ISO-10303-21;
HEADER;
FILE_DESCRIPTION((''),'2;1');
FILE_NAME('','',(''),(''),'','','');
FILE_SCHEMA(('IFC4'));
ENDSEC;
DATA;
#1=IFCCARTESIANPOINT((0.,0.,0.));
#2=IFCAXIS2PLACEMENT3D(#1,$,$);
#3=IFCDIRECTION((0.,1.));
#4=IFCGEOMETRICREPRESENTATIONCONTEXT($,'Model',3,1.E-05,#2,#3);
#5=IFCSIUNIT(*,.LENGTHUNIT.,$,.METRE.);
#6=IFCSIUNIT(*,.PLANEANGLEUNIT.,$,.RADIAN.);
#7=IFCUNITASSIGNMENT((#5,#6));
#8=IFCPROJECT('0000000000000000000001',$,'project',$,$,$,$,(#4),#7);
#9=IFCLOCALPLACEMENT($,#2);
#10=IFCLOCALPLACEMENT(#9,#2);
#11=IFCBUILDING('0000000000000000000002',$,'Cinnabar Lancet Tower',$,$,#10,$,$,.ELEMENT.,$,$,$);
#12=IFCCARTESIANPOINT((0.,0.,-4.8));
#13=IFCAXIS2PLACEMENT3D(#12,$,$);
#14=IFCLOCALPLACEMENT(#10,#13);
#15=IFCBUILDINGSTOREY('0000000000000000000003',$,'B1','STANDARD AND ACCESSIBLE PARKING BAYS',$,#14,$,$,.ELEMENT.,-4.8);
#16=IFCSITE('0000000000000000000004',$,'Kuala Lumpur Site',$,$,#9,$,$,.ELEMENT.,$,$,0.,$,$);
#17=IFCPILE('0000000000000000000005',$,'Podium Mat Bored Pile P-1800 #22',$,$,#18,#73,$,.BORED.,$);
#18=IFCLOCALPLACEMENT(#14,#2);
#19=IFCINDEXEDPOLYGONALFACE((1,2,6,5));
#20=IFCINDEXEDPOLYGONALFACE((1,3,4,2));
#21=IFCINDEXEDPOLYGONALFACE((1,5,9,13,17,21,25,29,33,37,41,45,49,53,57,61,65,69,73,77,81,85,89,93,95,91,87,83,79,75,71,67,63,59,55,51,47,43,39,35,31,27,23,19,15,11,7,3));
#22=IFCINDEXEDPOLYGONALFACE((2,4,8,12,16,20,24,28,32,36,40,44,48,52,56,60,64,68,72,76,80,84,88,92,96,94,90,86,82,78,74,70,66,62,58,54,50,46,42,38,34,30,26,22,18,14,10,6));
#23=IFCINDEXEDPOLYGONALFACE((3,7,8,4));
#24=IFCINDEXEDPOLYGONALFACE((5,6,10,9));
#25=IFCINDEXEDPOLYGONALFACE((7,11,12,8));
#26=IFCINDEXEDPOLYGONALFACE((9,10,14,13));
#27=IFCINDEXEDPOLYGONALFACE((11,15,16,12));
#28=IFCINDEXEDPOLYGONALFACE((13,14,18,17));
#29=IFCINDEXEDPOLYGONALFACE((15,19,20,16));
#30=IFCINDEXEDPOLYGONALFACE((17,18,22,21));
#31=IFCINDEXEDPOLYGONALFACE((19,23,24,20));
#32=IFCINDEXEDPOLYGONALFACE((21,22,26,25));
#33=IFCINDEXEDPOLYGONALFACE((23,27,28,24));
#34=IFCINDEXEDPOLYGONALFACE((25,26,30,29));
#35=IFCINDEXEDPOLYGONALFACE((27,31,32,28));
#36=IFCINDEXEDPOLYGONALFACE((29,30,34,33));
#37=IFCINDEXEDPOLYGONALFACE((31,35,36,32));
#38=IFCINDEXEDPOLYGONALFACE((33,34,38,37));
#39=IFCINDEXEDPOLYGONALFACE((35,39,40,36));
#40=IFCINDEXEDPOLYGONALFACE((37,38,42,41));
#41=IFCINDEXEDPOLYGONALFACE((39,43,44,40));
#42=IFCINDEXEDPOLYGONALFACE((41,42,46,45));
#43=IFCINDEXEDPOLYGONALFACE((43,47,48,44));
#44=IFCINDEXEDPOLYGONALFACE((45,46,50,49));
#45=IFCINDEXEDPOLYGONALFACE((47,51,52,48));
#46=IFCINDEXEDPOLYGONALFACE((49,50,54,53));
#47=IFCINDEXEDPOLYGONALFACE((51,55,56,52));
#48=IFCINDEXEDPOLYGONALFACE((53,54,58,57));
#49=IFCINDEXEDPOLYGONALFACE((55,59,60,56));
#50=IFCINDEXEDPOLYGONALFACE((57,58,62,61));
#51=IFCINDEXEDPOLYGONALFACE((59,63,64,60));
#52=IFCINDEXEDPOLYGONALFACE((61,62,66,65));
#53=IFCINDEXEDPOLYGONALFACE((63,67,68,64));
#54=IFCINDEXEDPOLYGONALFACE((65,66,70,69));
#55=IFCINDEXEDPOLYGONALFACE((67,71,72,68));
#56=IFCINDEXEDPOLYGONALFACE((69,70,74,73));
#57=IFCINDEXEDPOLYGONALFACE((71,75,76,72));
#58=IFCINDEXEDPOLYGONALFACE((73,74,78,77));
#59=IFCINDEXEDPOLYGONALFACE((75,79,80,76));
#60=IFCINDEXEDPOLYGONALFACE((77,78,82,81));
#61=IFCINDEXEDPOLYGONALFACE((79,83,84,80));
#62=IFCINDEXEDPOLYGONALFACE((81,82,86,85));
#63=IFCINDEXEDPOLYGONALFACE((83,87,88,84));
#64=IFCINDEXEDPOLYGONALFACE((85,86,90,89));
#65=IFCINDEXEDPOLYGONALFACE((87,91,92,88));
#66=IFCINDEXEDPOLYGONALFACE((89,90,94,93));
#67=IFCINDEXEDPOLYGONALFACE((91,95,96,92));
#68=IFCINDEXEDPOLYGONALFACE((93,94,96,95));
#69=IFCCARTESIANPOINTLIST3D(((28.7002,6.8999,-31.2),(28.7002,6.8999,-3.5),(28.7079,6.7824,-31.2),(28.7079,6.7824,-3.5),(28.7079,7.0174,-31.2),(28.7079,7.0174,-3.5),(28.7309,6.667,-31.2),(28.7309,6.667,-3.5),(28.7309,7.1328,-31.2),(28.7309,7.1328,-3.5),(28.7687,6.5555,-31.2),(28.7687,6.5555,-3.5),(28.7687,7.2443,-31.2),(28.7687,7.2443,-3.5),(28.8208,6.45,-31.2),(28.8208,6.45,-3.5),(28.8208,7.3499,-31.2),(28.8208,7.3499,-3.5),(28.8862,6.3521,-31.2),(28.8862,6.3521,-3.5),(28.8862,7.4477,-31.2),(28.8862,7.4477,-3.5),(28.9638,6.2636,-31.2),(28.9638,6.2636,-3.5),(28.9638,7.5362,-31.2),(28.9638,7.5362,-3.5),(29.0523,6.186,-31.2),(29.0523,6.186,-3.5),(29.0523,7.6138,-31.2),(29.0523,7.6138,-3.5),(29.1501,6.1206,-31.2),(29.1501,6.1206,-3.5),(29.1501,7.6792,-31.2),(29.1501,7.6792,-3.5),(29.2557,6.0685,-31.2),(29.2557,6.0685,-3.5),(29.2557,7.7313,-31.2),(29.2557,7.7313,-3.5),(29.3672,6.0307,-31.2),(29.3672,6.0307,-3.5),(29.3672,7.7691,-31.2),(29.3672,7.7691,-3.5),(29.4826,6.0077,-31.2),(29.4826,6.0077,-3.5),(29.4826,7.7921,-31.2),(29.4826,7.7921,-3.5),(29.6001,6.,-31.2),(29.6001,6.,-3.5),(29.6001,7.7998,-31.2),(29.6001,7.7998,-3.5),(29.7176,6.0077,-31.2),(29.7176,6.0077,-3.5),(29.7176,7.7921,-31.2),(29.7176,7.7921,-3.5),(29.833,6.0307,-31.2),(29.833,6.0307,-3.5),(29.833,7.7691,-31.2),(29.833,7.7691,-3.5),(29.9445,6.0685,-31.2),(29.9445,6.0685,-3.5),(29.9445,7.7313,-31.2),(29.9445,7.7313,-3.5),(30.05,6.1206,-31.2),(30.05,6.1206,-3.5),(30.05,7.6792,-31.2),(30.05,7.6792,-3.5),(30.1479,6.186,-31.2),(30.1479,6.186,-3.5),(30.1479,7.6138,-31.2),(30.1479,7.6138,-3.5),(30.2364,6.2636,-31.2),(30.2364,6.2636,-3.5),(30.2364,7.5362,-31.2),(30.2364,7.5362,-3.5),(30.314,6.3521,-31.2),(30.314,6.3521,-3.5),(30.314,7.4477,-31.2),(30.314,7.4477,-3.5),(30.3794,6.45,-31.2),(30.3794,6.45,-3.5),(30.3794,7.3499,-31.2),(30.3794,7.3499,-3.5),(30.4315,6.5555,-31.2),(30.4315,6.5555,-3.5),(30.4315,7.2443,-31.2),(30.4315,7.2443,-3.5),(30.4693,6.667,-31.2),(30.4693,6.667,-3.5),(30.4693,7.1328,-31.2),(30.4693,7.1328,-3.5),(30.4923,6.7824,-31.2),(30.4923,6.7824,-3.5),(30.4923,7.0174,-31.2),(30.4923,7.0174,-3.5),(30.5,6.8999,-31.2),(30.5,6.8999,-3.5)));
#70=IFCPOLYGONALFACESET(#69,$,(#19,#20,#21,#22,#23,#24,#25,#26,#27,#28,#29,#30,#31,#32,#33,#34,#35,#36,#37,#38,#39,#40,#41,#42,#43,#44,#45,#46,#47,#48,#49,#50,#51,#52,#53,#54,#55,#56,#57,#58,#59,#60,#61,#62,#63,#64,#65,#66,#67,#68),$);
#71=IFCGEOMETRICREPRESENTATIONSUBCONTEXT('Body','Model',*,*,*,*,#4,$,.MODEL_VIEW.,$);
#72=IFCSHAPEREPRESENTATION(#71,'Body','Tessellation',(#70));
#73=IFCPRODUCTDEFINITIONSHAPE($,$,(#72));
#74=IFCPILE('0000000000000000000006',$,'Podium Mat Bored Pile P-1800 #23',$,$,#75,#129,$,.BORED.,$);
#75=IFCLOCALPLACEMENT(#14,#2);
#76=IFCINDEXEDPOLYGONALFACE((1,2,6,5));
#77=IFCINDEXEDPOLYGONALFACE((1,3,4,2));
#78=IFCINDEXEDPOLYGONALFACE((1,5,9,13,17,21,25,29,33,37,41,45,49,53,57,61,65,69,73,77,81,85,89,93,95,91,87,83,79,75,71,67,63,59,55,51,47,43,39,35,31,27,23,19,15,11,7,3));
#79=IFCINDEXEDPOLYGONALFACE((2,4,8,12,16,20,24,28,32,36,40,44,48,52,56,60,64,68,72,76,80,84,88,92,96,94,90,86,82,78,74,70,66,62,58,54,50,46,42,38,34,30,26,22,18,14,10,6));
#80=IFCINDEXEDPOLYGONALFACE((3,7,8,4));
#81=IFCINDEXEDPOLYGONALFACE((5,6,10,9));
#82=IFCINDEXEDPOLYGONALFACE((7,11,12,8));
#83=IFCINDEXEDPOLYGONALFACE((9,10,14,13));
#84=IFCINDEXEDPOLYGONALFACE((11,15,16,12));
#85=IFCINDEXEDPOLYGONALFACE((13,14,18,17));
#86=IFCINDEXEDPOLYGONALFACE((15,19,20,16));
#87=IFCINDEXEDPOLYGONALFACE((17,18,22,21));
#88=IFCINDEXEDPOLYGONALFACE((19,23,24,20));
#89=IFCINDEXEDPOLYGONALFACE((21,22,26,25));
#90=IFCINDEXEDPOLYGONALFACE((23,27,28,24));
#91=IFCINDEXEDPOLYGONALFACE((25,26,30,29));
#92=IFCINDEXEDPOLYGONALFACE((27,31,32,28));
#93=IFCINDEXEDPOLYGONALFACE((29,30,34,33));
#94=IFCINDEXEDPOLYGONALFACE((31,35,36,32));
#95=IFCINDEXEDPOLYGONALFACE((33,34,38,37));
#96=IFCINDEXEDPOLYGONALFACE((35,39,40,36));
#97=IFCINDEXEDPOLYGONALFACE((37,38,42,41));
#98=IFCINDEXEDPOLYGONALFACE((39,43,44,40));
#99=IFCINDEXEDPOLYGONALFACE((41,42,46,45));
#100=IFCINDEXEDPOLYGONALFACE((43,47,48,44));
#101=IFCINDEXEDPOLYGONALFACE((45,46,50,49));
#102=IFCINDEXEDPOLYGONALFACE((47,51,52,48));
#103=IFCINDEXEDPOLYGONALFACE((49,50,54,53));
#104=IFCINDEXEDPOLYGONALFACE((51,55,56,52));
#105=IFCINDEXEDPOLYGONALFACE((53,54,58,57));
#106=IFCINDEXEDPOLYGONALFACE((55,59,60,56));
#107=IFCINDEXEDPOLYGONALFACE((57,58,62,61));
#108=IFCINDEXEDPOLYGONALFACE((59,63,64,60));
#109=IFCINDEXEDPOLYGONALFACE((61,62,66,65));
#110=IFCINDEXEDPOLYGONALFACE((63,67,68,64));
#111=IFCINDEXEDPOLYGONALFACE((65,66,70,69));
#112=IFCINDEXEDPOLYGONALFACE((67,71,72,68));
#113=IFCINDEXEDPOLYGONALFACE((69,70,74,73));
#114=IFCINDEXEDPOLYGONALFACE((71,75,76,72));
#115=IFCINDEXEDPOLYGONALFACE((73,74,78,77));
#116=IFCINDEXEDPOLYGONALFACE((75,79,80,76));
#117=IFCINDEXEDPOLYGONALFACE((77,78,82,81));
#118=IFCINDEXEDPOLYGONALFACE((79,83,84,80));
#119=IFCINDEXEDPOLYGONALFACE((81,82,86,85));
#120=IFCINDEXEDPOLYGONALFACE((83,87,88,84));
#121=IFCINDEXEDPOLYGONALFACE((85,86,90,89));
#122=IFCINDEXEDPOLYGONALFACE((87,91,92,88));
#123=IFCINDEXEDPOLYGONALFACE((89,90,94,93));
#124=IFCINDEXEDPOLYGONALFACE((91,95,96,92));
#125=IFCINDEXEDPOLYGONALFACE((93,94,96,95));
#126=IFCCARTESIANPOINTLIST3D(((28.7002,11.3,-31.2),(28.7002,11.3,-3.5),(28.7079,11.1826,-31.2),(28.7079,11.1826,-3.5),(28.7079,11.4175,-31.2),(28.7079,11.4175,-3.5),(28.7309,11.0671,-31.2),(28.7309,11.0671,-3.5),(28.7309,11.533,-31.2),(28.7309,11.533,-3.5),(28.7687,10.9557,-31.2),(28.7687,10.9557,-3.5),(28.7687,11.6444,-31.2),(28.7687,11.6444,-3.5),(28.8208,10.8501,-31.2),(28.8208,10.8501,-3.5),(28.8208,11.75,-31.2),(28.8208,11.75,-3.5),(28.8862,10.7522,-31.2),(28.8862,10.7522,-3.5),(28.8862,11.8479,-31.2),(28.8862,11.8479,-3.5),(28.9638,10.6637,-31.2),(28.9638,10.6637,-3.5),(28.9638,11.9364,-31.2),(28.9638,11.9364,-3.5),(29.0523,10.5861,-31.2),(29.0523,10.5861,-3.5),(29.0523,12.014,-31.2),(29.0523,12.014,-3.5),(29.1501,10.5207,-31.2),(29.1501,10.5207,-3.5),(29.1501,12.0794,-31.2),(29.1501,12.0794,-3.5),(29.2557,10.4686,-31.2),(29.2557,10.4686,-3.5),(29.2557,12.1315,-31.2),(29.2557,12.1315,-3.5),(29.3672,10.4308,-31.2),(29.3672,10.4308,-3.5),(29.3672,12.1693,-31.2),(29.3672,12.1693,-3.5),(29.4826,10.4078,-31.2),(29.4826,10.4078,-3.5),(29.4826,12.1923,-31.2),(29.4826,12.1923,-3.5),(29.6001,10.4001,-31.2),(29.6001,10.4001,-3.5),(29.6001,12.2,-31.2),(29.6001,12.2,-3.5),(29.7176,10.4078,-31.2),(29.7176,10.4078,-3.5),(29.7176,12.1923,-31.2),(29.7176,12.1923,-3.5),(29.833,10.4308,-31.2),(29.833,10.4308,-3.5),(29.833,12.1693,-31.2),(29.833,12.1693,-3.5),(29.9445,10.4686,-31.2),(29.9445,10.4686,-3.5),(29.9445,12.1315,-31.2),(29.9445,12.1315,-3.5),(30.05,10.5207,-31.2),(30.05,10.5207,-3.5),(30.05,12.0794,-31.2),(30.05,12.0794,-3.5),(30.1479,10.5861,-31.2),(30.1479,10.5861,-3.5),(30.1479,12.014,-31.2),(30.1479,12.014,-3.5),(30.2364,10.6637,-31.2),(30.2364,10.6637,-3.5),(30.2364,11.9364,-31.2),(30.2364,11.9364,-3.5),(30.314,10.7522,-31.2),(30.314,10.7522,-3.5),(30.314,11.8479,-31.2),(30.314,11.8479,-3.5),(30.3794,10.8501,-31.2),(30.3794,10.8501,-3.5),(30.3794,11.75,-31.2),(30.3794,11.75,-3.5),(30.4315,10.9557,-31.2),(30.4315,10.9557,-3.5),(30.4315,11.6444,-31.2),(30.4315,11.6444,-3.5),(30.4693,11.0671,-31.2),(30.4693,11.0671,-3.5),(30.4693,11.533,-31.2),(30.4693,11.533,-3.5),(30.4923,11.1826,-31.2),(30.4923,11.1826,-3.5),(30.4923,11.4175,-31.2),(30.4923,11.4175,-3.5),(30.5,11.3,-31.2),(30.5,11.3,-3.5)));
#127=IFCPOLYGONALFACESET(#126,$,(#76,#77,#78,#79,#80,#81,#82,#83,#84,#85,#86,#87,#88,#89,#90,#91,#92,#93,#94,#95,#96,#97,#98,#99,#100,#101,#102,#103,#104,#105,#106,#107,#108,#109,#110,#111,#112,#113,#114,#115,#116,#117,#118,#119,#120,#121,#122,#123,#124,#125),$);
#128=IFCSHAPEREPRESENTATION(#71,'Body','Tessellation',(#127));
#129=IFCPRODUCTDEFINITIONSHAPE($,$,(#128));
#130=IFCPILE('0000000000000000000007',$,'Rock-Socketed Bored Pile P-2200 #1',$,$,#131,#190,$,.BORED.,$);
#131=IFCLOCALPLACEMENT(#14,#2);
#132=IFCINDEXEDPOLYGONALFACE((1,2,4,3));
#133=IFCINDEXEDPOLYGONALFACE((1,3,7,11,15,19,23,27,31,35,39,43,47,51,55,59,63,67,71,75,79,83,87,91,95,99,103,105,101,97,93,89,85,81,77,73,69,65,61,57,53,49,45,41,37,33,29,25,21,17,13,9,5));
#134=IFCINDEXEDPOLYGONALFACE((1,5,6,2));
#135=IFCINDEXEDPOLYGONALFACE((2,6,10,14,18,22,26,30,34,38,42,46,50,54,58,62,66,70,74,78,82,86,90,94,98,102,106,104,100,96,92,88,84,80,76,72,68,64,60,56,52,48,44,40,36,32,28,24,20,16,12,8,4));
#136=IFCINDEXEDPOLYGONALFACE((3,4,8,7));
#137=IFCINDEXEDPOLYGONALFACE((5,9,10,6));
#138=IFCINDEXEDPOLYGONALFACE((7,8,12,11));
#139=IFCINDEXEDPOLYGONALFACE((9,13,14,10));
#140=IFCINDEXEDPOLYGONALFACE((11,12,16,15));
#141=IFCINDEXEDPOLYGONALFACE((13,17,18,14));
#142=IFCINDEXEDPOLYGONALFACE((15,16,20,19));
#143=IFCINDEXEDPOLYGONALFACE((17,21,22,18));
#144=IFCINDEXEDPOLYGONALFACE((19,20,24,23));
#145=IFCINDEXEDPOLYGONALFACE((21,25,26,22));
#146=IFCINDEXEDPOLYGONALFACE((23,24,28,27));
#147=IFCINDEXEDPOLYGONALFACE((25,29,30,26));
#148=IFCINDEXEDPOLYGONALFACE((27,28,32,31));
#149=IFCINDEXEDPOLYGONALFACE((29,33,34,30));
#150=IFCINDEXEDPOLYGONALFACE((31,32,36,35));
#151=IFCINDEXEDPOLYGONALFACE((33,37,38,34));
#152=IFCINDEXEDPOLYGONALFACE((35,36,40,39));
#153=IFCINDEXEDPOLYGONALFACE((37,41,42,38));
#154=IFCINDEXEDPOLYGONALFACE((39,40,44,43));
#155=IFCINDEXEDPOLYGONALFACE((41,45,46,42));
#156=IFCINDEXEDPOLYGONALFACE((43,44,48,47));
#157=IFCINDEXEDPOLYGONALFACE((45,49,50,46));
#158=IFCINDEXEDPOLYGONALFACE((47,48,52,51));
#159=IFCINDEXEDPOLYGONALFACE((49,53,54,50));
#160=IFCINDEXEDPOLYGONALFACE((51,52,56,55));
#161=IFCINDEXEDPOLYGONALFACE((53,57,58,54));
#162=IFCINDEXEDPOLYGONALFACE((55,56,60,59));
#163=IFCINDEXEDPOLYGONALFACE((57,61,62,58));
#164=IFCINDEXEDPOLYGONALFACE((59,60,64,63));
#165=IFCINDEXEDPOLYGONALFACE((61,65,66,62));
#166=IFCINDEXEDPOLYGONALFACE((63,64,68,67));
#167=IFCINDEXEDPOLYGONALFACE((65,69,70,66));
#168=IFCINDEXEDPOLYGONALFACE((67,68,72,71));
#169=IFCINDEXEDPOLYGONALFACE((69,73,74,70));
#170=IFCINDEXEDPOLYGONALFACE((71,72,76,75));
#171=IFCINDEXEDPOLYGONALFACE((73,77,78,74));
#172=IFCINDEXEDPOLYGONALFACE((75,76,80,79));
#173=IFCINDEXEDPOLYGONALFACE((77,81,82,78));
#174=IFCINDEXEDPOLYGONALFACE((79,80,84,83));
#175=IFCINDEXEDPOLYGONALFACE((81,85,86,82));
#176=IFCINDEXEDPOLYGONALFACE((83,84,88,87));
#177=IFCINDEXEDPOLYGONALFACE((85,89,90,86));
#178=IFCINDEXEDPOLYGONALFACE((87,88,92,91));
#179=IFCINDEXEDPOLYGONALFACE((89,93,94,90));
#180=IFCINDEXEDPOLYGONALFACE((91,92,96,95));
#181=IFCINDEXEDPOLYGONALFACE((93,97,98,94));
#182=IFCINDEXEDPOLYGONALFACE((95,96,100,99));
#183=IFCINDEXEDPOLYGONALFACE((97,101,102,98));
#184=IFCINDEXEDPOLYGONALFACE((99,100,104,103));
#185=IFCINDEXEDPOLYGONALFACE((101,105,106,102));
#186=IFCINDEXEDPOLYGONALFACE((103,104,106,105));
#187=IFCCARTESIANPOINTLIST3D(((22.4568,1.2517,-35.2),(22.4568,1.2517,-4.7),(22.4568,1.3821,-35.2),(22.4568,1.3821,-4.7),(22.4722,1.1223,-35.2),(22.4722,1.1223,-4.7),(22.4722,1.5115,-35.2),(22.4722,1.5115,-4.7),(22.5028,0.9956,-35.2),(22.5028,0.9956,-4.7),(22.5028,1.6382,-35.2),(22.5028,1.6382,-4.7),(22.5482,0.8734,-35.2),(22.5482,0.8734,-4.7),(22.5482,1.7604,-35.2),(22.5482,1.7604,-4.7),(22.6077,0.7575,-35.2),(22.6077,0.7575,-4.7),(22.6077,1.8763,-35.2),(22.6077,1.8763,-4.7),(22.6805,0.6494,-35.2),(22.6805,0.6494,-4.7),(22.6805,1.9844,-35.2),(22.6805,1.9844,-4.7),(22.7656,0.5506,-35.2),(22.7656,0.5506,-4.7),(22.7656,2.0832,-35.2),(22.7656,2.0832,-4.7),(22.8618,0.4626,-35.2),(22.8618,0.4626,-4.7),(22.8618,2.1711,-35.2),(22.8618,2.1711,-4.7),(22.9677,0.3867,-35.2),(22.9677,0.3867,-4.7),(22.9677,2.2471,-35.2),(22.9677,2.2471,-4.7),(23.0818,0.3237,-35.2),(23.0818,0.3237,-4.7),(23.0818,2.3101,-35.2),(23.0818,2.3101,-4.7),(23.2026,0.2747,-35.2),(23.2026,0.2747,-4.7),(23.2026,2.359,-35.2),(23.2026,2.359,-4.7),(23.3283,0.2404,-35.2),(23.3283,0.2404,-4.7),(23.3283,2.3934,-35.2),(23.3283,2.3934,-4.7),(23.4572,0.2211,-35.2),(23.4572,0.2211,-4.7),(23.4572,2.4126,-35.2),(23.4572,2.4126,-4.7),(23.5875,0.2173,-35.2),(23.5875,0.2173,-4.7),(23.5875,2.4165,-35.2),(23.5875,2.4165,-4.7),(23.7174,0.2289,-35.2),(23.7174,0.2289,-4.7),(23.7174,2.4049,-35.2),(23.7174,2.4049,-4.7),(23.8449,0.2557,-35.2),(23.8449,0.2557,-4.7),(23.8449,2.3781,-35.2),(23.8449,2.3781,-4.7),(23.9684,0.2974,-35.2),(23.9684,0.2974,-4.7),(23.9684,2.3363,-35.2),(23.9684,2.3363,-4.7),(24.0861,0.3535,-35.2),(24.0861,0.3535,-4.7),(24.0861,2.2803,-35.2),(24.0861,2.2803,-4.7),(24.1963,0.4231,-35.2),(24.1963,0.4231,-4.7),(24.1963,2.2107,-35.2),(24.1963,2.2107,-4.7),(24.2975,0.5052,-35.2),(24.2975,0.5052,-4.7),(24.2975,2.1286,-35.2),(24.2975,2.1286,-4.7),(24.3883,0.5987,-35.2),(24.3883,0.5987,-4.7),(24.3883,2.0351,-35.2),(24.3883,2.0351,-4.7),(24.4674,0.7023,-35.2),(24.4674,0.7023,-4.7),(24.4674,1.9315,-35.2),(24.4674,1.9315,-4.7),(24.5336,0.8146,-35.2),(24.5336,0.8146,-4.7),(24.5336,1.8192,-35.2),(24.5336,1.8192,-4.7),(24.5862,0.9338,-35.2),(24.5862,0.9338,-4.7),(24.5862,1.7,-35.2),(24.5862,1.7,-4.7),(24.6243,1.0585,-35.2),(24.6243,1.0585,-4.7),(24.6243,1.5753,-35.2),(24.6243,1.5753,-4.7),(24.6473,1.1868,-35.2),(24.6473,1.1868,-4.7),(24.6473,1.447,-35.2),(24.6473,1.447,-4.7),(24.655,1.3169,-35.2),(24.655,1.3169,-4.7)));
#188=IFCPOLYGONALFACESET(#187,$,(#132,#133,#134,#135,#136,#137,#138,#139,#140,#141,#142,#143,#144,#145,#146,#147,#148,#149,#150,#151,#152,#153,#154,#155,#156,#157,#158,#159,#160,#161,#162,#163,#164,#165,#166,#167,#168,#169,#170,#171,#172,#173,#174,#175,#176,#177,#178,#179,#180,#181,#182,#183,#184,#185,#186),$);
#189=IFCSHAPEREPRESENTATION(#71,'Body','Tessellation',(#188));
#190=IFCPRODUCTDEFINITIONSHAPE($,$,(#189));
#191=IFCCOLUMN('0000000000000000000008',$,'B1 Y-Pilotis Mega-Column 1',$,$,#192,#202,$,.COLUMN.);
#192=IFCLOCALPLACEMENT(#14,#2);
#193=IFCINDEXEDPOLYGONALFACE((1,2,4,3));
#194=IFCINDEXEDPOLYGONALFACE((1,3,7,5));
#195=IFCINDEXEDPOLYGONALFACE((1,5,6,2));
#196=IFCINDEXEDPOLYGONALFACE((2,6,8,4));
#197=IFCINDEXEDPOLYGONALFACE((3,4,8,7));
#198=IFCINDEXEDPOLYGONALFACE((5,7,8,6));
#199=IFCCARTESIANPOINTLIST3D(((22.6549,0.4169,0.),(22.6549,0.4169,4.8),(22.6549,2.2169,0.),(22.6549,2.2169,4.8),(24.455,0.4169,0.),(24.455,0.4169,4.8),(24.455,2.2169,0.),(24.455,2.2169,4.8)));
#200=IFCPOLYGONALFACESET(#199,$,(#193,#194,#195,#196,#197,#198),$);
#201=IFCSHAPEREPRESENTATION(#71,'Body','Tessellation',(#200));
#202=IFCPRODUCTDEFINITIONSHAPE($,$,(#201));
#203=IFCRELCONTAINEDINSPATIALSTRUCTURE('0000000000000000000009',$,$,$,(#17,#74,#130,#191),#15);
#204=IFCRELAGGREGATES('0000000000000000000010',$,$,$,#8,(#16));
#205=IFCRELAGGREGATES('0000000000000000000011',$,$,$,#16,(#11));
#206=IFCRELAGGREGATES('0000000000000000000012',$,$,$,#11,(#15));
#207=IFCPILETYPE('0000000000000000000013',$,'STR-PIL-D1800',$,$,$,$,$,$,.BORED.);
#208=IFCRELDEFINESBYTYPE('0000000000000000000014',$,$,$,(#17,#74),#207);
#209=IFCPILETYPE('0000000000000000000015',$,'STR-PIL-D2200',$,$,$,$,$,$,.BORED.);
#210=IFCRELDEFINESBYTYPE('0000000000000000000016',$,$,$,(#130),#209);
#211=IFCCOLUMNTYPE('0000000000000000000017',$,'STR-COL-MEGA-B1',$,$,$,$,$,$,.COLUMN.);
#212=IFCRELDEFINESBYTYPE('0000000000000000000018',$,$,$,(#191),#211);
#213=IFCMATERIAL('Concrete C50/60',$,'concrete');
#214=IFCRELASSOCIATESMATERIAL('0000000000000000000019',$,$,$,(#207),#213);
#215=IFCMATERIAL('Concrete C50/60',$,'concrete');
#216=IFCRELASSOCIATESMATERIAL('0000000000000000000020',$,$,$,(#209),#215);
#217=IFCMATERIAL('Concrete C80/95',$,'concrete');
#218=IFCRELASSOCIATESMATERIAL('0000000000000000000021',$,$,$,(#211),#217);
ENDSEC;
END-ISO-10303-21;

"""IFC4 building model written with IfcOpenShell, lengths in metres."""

from ifc_helpers import new_model, si_unit, direction, frame, origin, origin_2d, place, context, subcontext, project, spatial, rectangle, circle, extrude, material, material_profile, profile_set, type_object, element, save


model = new_model("IFC4")

# Units and contexts
model_context = context("Model", 3, precision=1e-05, world=origin(), true_north=direction((0.0, 1.0)))
body_context = subcontext(model_context, "Body", "Model", "MODEL_VIEW")
ifc_project = project(units=[si_unit("LENGTHUNIT", "METRE"), si_unit("PLANEANGLEUNIT", "RADIAN")], contexts=[model_context])

# Site, building, storey
site_placement = place(None, origin())
site = spatial("IfcSite", under=ifc_project, at=site_placement, Name="Kuala Lumpur Site", CompositionType="ELEMENT", RefElevation=0.0)
building_placement = place(site_placement, origin())
building = spatial("IfcBuilding", under=site, at=building_placement, Name="Cinnabar Lancet Tower", CompositionType="ELEMENT")
storey_placement = place(building_placement, frame((0.0, 0.0, -4.8)))
storey = spatial("IfcBuildingStorey", under=building, at=storey_placement, Name="B1", Description="STANDARD AND ACCESSIBLE PARKING BAYS", CompositionType="ELEMENT", Elevation=-4.8)

# Piles
ifc_material_1 = material(Name="Concrete C50/60", Category="concrete")
ifc_material_profile_1 = material_profile(ifc_material_1, circle(Radius=0.8999, at=origin_2d()), Name="PILE D1800")
ifc_profile_set_1 = profile_set([ifc_material_profile_1], Name="Concrete C50/60")
pile_type_1 = type_object("IfcPileType", Name="STR-PIL-D1800", PredefinedType="BORED", material=ifc_profile_set_1)
for number, where, z_axis, x_axis, name in (
    (1, (29.6001, 6.8999, -3.5), (0.0, 0.0, -1.0), (1.0, 0.0, 0.0), "Podium Mat Bored Pile P-1800 #22"),
    (2, (29.6001, 11.3, -3.5), (0.0, 0.0, -1.0), (1.0, 0.0, 0.0), "Podium Mat Bored Pile P-1800 #23"),
):
    element("IfcPile", number, at=place(storey_placement, frame(where, z_axis=z_axis, x_axis=x_axis)), inside=storey, type_object=pile_type_1, Name=name, PredefinedType="BORED", context=body_context, shape_type="SweptSolid", body=[
        extrude(circle(Radius=0.8999, at=origin_2d()), origin(), (0.0, 0.0, 1.0), 27.7),
    ])
ifc_material_2 = material(Name="Concrete C50/60", Category="concrete")
ifc_material_profile_2 = material_profile(ifc_material_2, circle(Radius=1.1001, at=origin_2d()), Name="PILE D2200")
ifc_profile_set_2 = profile_set([ifc_material_profile_2], Name="Concrete C50/60")
pile_type_2 = type_object("IfcPileType", Name="STR-PIL-D2200", PredefinedType="BORED", material=ifc_profile_set_2)
pile_placement = place(storey_placement, frame((23.5549, 1.3169, -4.7), z_axis=(0.0, 0.0, -1.0), x_axis=(1.0, 0.0, 0.0)))
element("IfcPile", 3, at=pile_placement, inside=storey, type_object=pile_type_2, Name="Rock-Socketed Bored Pile P-2200 #1", PredefinedType="BORED", context=body_context, shape_type="SweptSolid", body=[
    extrude(circle(Radius=1.1001, at=origin_2d()), origin(), (0.0, 0.0, 1.0), 30.5),
])

# Column
ifc_material_3 = material(Name="Concrete C80/95", Category="concrete")
ifc_material_profile_3 = material_profile(ifc_material_3, rectangle(XDim=1.8, YDim=1.8, at=origin_2d()), Name="RC-MEGA 1800x1800")
ifc_profile_set_3 = profile_set([ifc_material_profile_3], Name="Concrete C80/95")
column_type = type_object("IfcColumnType", Name="STR-COL-MEGA-B1", PredefinedType="COLUMN", material=ifc_profile_set_3)
column_placement = place(storey_placement, frame((23.5549, 1.3169, 0.0), z_axis=(0.0, 0.0, 1.0), x_axis=(1.0, 0.0, 0.0)))
element("IfcColumn", 4, at=column_placement, inside=storey, type_object=column_type, Name="B1 Y-Pilotis Mega-Column 1", PredefinedType="COLUMN", context=body_context, shape_type="SweptSolid", body=[
    extrude(rectangle(XDim=1.8, YDim=1.8, at=origin_2d()), origin(), (0.0, 0.0, 1.0), 4.8),
])

save(model, "model.ifc")
